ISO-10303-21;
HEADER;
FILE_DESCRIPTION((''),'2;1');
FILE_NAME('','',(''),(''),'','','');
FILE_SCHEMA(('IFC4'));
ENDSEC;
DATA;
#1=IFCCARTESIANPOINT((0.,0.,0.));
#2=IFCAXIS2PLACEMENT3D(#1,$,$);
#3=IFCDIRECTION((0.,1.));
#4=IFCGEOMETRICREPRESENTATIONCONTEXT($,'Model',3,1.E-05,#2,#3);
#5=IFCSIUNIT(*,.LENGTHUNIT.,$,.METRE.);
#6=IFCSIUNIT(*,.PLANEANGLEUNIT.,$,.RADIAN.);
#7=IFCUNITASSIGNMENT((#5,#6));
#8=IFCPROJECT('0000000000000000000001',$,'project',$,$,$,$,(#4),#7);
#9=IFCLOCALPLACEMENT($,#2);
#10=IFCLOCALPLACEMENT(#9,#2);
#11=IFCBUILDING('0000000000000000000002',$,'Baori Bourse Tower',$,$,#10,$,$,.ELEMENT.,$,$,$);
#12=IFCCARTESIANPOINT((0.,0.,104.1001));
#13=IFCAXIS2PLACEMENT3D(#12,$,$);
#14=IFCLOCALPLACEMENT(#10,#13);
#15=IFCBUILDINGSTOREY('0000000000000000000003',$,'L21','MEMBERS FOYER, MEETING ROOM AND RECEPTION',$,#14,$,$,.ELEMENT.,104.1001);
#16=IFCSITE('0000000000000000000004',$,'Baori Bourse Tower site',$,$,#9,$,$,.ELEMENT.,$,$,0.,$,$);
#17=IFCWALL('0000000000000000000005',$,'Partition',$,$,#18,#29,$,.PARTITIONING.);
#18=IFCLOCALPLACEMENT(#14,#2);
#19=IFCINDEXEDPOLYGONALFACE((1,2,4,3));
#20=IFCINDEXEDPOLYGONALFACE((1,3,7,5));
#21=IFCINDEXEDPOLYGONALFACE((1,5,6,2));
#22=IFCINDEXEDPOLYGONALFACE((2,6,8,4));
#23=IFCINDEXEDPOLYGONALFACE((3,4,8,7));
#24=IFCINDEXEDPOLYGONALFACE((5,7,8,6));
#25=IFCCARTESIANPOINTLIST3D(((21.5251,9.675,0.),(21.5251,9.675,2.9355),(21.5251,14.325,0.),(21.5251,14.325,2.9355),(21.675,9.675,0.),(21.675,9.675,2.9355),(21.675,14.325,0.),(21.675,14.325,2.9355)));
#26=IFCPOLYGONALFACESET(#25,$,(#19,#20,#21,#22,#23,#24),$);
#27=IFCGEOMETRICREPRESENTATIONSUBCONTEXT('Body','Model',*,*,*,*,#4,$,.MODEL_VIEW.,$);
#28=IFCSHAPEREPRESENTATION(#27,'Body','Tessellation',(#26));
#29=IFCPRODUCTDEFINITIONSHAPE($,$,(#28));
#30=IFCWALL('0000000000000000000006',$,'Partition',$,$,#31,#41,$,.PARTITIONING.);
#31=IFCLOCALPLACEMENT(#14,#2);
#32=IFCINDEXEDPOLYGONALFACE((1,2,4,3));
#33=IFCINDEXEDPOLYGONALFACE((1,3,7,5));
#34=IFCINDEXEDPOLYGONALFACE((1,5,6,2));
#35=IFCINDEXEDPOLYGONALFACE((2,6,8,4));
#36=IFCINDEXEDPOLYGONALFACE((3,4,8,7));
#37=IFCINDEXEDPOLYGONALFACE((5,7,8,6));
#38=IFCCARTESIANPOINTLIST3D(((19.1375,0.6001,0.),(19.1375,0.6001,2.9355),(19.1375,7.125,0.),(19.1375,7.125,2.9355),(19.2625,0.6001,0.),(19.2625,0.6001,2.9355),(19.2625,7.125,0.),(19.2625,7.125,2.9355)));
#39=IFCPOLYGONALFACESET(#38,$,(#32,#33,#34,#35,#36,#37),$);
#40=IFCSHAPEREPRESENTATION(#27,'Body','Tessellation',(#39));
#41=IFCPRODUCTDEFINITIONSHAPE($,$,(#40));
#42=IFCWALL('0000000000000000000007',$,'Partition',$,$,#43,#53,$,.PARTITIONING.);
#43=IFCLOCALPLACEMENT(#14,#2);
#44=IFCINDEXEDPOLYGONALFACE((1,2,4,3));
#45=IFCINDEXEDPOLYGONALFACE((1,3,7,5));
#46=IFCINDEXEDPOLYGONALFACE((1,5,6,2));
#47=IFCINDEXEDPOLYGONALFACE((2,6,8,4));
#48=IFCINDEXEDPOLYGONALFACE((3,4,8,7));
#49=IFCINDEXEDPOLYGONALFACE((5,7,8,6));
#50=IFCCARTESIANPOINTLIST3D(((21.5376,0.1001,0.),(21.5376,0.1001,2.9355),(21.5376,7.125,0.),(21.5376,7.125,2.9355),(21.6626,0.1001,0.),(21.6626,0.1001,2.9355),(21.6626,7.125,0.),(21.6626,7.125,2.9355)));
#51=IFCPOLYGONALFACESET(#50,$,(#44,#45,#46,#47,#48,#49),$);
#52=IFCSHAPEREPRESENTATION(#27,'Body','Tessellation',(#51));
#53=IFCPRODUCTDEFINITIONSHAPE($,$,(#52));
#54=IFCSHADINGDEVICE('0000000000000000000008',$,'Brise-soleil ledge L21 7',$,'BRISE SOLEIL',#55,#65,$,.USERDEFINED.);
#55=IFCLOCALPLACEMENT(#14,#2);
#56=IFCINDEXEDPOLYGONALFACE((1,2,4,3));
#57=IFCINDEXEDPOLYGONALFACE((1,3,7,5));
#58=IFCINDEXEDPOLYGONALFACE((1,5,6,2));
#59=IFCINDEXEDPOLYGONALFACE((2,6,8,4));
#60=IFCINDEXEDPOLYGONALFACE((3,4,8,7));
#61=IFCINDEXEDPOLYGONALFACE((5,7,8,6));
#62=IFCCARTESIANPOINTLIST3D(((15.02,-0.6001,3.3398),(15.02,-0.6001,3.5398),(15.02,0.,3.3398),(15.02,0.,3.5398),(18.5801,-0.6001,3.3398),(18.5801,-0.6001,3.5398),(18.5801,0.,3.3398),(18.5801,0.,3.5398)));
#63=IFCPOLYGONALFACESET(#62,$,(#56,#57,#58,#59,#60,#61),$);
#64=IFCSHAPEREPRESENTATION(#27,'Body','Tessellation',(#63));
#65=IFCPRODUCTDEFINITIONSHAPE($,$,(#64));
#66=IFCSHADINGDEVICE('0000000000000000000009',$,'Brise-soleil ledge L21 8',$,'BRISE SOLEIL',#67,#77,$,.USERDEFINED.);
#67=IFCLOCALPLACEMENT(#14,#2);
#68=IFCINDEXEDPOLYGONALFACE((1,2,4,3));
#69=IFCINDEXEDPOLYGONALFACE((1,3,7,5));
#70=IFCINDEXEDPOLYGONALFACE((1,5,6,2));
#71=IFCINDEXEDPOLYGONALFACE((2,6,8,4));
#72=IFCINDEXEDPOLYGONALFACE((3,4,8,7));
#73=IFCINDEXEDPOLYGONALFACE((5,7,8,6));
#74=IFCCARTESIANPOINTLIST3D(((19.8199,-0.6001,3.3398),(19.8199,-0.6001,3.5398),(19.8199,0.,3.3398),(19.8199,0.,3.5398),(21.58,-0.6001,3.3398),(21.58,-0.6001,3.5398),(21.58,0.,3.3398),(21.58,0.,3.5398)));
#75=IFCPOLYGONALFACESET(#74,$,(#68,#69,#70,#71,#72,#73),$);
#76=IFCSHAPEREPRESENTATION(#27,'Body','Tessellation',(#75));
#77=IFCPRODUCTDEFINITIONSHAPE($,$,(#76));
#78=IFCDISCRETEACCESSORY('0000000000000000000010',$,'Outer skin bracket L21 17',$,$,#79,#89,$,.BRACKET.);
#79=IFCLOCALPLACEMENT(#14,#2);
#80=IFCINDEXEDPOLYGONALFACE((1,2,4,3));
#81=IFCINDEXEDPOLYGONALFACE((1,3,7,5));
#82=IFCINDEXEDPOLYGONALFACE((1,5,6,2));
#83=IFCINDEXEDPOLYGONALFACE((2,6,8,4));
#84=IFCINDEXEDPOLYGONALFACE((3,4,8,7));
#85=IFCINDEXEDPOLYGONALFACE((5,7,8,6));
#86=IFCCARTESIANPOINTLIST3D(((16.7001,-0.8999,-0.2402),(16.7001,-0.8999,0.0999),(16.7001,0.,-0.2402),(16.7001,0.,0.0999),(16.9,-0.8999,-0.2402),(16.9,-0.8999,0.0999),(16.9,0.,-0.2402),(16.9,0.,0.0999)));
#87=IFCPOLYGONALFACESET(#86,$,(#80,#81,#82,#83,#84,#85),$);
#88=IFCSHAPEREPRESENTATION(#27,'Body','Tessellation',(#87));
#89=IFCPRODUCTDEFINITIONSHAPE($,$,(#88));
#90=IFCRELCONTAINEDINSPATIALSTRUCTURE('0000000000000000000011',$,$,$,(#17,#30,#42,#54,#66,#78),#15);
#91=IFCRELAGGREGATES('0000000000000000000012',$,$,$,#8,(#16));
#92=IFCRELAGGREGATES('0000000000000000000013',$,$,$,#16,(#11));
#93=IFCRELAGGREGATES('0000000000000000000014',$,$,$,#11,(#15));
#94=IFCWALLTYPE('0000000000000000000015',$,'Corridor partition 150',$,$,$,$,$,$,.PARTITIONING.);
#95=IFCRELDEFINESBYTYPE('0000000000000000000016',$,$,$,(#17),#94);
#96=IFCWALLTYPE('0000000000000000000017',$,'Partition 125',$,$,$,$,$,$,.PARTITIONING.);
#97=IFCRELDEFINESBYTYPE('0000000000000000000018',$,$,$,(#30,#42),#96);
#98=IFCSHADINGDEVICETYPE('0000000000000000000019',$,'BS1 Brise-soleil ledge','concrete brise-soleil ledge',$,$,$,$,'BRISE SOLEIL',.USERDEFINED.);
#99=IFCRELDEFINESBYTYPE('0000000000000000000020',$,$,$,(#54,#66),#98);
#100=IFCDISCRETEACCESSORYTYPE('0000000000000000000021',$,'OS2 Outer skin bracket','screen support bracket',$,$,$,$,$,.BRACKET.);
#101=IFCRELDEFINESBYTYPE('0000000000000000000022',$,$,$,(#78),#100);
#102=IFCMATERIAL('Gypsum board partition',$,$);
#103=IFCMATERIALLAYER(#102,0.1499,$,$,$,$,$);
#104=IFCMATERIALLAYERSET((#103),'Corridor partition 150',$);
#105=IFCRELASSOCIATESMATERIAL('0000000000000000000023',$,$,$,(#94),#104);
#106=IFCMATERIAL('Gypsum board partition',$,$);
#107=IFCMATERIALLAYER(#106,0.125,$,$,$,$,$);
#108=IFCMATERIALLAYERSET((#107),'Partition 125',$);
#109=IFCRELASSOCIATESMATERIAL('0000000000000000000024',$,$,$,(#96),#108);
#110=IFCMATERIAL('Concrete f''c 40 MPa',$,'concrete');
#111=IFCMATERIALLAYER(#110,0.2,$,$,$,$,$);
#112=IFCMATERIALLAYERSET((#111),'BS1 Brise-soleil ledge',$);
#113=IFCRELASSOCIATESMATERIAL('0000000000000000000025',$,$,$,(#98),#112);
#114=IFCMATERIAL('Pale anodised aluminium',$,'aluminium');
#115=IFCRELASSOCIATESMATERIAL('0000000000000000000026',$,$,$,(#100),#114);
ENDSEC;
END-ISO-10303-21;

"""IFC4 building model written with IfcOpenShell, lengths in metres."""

from ifc_helpers import new_model, si_unit, direction, frame, frame_2d, origin, origin_2d, place, context, subcontext, project, spatial, rectangle, extrude, material, layer, layer_set, type_object, element, save


model = new_model("IFC4")

# Units and contexts
model_context = context("Model", 3, precision=1e-05, world=origin(), true_north=direction((0.0, 1.0)))
body_context = subcontext(model_context, "Body", "Model", "MODEL_VIEW")
ifc_project = project(units=[si_unit("LENGTHUNIT", "METRE"), si_unit("PLANEANGLEUNIT", "RADIAN")], contexts=[model_context])

# Site, building, storey
site_placement = place(None, origin())
site = spatial("IfcSite", under=ifc_project, at=site_placement, Name="Baori Bourse Tower site", CompositionType="ELEMENT", RefElevation=0.0)
building_placement = place(site_placement, origin())
building = spatial("IfcBuilding", under=site, at=building_placement, Name="Baori Bourse Tower", CompositionType="ELEMENT")
storey_placement = place(building_placement, frame((0.0, 0.0, 104.1001)))
storey = spatial("IfcBuildingStorey", under=building, at=storey_placement, Name="L21", Description="MEMBERS FOYER, MEETING ROOM AND RECEPTION", CompositionType="ELEMENT", Elevation=104.1001)

# Shared definitions
ifc_material_1 = material(Name="Gypsum board partition")
ifc_layer_1 = layer(ifc_material_1, 0.1499)
ifc_layer_set_1 = layer_set([ifc_layer_1], Name="Corridor partition 150")
wall_type_1 = type_object("IfcWallType", Name="Corridor partition 150", PredefinedType="PARTITIONING", material=ifc_layer_set_1)

# Walls
wall_1_placement = place(storey_placement, frame((21.6001, 9.675, 0.0), z_axis=(0.0, 0.0, 1.0), x_axis=(0.0, 1.0, 0.0)))
element("IfcWall", 1, at=wall_1_placement, inside=storey, type_object=wall_type_1, Name="Partition", PredefinedType="PARTITIONING", context=body_context, shape_type="SweptSolid", body=[
    extrude(rectangle(XDim=4.6499, YDim=0.1499, at=frame_2d((2.325, 0.0))), origin(), (0.0, 0.0, 1.0), 2.9355),
])
ifc_material_2 = material(Name="Gypsum board partition")
ifc_layer_2 = layer(ifc_material_2, 0.125)
ifc_layer_set_2 = layer_set([ifc_layer_2], Name="Partition 125")
wall_type_2 = type_object("IfcWallType", Name="Partition 125", PredefinedType="PARTITIONING", material=ifc_layer_set_2)
wall_2_placement = place(storey_placement, frame((19.2, 0.6001, 0.0), z_axis=(0.0, 0.0, 1.0), x_axis=(0.0, 1.0, 0.0)))
element("IfcWall", 2, at=wall_2_placement, inside=storey, type_object=wall_type_2, Name="Partition", PredefinedType="PARTITIONING", context=body_context, shape_type="SweptSolid", body=[
    extrude(rectangle(XDim=6.5249, YDim=0.125, at=frame_2d((3.2625, 0.0))), origin(), (0.0, 0.0, 1.0), 2.9355),
])
wall_3_placement = place(storey_placement, frame((21.6001, 0.1001, 0.0), z_axis=(0.0, 0.0, 1.0), x_axis=(0.0, 1.0, 0.0)))
element("IfcWall", 3, at=wall_3_placement, inside=storey, type_object=wall_type_2, Name="Partition", PredefinedType="PARTITIONING", context=body_context, shape_type="SweptSolid", body=[
    extrude(rectangle(XDim=7.0249, YDim=0.125, at=frame_2d((3.5125, 0.0))), origin(), (0.0, 0.0, 1.0), 2.9355),
])

# Shading devices
ifc_material_3 = material(Name="Concrete f'c 40 MPa", Category="concrete")
ifc_layer_3 = layer(ifc_material_3, 0.2)
ifc_layer_set_3 = layer_set([ifc_layer_3], Name="BS1 Brise-soleil ledge")
shading_device_type = type_object("IfcShadingDeviceType", Name="BS1 Brise-soleil ledge", Description="concrete brise-soleil ledge", ElementType="BRISE SOLEIL", PredefinedType="USERDEFINED", material=ifc_layer_set_3)
shading_device_1_placement = place(storey_placement, frame((16.8, -0.3, 3.3398), z_axis=(0.0, 0.0, 1.0), x_axis=(1.0, 0.0, 0.0)))
element("IfcShadingDevice", 4, at=shading_device_1_placement, inside=storey, type_object=shading_device_type, Name="Brise-soleil ledge L21 7", ObjectType="BRISE SOLEIL", PredefinedType="USERDEFINED", context=body_context, shape_type="SweptSolid", body=[
    extrude(rectangle(XDim=3.5601, YDim=0.6001, at=origin_2d()), origin(), (0.0, 0.0, 1.0), 0.2),
])
shading_device_2_placement = place(storey_placement, frame((20.7, -0.3, 3.3398), z_axis=(0.0, 0.0, 1.0), x_axis=(1.0, 0.0, 0.0)))
element("IfcShadingDevice", 5, at=shading_device_2_placement, inside=storey, type_object=shading_device_type, Name="Brise-soleil ledge L21 8", ObjectType="BRISE SOLEIL", PredefinedType="USERDEFINED", context=body_context, shape_type="SweptSolid", body=[
    extrude(rectangle(XDim=1.76, YDim=0.6001, at=origin_2d()), origin(), (0.0, 0.0, 1.0), 0.2),
])

# Discrete accessory
ifc_material_4 = material(Name="Pale anodised aluminium", Category="aluminium")
discrete_accessory_type = type_object("IfcDiscreteAccessoryType", Name="OS2 Outer skin bracket", Description="screen support bracket", PredefinedType="BRACKET", material=ifc_material_4)
discrete_accessory_placement = place(storey_placement, frame((16.8, -0.45, -0.2402), z_axis=(0.0, 0.0, 1.0), x_axis=(1.0, 0.0, 0.0)))
element("IfcDiscreteAccessory", 6, at=discrete_accessory_placement, inside=storey, type_object=discrete_accessory_type, Name="Outer skin bracket L21 17", PredefinedType="BRACKET", context=body_context, shape_type="SweptSolid", body=[
    extrude(rectangle(XDim=0.2, YDim=0.8999, at=origin_2d()), origin(), (0.0, 0.0, 1.0), 0.3401),
])

save(model, "model.ifc")
